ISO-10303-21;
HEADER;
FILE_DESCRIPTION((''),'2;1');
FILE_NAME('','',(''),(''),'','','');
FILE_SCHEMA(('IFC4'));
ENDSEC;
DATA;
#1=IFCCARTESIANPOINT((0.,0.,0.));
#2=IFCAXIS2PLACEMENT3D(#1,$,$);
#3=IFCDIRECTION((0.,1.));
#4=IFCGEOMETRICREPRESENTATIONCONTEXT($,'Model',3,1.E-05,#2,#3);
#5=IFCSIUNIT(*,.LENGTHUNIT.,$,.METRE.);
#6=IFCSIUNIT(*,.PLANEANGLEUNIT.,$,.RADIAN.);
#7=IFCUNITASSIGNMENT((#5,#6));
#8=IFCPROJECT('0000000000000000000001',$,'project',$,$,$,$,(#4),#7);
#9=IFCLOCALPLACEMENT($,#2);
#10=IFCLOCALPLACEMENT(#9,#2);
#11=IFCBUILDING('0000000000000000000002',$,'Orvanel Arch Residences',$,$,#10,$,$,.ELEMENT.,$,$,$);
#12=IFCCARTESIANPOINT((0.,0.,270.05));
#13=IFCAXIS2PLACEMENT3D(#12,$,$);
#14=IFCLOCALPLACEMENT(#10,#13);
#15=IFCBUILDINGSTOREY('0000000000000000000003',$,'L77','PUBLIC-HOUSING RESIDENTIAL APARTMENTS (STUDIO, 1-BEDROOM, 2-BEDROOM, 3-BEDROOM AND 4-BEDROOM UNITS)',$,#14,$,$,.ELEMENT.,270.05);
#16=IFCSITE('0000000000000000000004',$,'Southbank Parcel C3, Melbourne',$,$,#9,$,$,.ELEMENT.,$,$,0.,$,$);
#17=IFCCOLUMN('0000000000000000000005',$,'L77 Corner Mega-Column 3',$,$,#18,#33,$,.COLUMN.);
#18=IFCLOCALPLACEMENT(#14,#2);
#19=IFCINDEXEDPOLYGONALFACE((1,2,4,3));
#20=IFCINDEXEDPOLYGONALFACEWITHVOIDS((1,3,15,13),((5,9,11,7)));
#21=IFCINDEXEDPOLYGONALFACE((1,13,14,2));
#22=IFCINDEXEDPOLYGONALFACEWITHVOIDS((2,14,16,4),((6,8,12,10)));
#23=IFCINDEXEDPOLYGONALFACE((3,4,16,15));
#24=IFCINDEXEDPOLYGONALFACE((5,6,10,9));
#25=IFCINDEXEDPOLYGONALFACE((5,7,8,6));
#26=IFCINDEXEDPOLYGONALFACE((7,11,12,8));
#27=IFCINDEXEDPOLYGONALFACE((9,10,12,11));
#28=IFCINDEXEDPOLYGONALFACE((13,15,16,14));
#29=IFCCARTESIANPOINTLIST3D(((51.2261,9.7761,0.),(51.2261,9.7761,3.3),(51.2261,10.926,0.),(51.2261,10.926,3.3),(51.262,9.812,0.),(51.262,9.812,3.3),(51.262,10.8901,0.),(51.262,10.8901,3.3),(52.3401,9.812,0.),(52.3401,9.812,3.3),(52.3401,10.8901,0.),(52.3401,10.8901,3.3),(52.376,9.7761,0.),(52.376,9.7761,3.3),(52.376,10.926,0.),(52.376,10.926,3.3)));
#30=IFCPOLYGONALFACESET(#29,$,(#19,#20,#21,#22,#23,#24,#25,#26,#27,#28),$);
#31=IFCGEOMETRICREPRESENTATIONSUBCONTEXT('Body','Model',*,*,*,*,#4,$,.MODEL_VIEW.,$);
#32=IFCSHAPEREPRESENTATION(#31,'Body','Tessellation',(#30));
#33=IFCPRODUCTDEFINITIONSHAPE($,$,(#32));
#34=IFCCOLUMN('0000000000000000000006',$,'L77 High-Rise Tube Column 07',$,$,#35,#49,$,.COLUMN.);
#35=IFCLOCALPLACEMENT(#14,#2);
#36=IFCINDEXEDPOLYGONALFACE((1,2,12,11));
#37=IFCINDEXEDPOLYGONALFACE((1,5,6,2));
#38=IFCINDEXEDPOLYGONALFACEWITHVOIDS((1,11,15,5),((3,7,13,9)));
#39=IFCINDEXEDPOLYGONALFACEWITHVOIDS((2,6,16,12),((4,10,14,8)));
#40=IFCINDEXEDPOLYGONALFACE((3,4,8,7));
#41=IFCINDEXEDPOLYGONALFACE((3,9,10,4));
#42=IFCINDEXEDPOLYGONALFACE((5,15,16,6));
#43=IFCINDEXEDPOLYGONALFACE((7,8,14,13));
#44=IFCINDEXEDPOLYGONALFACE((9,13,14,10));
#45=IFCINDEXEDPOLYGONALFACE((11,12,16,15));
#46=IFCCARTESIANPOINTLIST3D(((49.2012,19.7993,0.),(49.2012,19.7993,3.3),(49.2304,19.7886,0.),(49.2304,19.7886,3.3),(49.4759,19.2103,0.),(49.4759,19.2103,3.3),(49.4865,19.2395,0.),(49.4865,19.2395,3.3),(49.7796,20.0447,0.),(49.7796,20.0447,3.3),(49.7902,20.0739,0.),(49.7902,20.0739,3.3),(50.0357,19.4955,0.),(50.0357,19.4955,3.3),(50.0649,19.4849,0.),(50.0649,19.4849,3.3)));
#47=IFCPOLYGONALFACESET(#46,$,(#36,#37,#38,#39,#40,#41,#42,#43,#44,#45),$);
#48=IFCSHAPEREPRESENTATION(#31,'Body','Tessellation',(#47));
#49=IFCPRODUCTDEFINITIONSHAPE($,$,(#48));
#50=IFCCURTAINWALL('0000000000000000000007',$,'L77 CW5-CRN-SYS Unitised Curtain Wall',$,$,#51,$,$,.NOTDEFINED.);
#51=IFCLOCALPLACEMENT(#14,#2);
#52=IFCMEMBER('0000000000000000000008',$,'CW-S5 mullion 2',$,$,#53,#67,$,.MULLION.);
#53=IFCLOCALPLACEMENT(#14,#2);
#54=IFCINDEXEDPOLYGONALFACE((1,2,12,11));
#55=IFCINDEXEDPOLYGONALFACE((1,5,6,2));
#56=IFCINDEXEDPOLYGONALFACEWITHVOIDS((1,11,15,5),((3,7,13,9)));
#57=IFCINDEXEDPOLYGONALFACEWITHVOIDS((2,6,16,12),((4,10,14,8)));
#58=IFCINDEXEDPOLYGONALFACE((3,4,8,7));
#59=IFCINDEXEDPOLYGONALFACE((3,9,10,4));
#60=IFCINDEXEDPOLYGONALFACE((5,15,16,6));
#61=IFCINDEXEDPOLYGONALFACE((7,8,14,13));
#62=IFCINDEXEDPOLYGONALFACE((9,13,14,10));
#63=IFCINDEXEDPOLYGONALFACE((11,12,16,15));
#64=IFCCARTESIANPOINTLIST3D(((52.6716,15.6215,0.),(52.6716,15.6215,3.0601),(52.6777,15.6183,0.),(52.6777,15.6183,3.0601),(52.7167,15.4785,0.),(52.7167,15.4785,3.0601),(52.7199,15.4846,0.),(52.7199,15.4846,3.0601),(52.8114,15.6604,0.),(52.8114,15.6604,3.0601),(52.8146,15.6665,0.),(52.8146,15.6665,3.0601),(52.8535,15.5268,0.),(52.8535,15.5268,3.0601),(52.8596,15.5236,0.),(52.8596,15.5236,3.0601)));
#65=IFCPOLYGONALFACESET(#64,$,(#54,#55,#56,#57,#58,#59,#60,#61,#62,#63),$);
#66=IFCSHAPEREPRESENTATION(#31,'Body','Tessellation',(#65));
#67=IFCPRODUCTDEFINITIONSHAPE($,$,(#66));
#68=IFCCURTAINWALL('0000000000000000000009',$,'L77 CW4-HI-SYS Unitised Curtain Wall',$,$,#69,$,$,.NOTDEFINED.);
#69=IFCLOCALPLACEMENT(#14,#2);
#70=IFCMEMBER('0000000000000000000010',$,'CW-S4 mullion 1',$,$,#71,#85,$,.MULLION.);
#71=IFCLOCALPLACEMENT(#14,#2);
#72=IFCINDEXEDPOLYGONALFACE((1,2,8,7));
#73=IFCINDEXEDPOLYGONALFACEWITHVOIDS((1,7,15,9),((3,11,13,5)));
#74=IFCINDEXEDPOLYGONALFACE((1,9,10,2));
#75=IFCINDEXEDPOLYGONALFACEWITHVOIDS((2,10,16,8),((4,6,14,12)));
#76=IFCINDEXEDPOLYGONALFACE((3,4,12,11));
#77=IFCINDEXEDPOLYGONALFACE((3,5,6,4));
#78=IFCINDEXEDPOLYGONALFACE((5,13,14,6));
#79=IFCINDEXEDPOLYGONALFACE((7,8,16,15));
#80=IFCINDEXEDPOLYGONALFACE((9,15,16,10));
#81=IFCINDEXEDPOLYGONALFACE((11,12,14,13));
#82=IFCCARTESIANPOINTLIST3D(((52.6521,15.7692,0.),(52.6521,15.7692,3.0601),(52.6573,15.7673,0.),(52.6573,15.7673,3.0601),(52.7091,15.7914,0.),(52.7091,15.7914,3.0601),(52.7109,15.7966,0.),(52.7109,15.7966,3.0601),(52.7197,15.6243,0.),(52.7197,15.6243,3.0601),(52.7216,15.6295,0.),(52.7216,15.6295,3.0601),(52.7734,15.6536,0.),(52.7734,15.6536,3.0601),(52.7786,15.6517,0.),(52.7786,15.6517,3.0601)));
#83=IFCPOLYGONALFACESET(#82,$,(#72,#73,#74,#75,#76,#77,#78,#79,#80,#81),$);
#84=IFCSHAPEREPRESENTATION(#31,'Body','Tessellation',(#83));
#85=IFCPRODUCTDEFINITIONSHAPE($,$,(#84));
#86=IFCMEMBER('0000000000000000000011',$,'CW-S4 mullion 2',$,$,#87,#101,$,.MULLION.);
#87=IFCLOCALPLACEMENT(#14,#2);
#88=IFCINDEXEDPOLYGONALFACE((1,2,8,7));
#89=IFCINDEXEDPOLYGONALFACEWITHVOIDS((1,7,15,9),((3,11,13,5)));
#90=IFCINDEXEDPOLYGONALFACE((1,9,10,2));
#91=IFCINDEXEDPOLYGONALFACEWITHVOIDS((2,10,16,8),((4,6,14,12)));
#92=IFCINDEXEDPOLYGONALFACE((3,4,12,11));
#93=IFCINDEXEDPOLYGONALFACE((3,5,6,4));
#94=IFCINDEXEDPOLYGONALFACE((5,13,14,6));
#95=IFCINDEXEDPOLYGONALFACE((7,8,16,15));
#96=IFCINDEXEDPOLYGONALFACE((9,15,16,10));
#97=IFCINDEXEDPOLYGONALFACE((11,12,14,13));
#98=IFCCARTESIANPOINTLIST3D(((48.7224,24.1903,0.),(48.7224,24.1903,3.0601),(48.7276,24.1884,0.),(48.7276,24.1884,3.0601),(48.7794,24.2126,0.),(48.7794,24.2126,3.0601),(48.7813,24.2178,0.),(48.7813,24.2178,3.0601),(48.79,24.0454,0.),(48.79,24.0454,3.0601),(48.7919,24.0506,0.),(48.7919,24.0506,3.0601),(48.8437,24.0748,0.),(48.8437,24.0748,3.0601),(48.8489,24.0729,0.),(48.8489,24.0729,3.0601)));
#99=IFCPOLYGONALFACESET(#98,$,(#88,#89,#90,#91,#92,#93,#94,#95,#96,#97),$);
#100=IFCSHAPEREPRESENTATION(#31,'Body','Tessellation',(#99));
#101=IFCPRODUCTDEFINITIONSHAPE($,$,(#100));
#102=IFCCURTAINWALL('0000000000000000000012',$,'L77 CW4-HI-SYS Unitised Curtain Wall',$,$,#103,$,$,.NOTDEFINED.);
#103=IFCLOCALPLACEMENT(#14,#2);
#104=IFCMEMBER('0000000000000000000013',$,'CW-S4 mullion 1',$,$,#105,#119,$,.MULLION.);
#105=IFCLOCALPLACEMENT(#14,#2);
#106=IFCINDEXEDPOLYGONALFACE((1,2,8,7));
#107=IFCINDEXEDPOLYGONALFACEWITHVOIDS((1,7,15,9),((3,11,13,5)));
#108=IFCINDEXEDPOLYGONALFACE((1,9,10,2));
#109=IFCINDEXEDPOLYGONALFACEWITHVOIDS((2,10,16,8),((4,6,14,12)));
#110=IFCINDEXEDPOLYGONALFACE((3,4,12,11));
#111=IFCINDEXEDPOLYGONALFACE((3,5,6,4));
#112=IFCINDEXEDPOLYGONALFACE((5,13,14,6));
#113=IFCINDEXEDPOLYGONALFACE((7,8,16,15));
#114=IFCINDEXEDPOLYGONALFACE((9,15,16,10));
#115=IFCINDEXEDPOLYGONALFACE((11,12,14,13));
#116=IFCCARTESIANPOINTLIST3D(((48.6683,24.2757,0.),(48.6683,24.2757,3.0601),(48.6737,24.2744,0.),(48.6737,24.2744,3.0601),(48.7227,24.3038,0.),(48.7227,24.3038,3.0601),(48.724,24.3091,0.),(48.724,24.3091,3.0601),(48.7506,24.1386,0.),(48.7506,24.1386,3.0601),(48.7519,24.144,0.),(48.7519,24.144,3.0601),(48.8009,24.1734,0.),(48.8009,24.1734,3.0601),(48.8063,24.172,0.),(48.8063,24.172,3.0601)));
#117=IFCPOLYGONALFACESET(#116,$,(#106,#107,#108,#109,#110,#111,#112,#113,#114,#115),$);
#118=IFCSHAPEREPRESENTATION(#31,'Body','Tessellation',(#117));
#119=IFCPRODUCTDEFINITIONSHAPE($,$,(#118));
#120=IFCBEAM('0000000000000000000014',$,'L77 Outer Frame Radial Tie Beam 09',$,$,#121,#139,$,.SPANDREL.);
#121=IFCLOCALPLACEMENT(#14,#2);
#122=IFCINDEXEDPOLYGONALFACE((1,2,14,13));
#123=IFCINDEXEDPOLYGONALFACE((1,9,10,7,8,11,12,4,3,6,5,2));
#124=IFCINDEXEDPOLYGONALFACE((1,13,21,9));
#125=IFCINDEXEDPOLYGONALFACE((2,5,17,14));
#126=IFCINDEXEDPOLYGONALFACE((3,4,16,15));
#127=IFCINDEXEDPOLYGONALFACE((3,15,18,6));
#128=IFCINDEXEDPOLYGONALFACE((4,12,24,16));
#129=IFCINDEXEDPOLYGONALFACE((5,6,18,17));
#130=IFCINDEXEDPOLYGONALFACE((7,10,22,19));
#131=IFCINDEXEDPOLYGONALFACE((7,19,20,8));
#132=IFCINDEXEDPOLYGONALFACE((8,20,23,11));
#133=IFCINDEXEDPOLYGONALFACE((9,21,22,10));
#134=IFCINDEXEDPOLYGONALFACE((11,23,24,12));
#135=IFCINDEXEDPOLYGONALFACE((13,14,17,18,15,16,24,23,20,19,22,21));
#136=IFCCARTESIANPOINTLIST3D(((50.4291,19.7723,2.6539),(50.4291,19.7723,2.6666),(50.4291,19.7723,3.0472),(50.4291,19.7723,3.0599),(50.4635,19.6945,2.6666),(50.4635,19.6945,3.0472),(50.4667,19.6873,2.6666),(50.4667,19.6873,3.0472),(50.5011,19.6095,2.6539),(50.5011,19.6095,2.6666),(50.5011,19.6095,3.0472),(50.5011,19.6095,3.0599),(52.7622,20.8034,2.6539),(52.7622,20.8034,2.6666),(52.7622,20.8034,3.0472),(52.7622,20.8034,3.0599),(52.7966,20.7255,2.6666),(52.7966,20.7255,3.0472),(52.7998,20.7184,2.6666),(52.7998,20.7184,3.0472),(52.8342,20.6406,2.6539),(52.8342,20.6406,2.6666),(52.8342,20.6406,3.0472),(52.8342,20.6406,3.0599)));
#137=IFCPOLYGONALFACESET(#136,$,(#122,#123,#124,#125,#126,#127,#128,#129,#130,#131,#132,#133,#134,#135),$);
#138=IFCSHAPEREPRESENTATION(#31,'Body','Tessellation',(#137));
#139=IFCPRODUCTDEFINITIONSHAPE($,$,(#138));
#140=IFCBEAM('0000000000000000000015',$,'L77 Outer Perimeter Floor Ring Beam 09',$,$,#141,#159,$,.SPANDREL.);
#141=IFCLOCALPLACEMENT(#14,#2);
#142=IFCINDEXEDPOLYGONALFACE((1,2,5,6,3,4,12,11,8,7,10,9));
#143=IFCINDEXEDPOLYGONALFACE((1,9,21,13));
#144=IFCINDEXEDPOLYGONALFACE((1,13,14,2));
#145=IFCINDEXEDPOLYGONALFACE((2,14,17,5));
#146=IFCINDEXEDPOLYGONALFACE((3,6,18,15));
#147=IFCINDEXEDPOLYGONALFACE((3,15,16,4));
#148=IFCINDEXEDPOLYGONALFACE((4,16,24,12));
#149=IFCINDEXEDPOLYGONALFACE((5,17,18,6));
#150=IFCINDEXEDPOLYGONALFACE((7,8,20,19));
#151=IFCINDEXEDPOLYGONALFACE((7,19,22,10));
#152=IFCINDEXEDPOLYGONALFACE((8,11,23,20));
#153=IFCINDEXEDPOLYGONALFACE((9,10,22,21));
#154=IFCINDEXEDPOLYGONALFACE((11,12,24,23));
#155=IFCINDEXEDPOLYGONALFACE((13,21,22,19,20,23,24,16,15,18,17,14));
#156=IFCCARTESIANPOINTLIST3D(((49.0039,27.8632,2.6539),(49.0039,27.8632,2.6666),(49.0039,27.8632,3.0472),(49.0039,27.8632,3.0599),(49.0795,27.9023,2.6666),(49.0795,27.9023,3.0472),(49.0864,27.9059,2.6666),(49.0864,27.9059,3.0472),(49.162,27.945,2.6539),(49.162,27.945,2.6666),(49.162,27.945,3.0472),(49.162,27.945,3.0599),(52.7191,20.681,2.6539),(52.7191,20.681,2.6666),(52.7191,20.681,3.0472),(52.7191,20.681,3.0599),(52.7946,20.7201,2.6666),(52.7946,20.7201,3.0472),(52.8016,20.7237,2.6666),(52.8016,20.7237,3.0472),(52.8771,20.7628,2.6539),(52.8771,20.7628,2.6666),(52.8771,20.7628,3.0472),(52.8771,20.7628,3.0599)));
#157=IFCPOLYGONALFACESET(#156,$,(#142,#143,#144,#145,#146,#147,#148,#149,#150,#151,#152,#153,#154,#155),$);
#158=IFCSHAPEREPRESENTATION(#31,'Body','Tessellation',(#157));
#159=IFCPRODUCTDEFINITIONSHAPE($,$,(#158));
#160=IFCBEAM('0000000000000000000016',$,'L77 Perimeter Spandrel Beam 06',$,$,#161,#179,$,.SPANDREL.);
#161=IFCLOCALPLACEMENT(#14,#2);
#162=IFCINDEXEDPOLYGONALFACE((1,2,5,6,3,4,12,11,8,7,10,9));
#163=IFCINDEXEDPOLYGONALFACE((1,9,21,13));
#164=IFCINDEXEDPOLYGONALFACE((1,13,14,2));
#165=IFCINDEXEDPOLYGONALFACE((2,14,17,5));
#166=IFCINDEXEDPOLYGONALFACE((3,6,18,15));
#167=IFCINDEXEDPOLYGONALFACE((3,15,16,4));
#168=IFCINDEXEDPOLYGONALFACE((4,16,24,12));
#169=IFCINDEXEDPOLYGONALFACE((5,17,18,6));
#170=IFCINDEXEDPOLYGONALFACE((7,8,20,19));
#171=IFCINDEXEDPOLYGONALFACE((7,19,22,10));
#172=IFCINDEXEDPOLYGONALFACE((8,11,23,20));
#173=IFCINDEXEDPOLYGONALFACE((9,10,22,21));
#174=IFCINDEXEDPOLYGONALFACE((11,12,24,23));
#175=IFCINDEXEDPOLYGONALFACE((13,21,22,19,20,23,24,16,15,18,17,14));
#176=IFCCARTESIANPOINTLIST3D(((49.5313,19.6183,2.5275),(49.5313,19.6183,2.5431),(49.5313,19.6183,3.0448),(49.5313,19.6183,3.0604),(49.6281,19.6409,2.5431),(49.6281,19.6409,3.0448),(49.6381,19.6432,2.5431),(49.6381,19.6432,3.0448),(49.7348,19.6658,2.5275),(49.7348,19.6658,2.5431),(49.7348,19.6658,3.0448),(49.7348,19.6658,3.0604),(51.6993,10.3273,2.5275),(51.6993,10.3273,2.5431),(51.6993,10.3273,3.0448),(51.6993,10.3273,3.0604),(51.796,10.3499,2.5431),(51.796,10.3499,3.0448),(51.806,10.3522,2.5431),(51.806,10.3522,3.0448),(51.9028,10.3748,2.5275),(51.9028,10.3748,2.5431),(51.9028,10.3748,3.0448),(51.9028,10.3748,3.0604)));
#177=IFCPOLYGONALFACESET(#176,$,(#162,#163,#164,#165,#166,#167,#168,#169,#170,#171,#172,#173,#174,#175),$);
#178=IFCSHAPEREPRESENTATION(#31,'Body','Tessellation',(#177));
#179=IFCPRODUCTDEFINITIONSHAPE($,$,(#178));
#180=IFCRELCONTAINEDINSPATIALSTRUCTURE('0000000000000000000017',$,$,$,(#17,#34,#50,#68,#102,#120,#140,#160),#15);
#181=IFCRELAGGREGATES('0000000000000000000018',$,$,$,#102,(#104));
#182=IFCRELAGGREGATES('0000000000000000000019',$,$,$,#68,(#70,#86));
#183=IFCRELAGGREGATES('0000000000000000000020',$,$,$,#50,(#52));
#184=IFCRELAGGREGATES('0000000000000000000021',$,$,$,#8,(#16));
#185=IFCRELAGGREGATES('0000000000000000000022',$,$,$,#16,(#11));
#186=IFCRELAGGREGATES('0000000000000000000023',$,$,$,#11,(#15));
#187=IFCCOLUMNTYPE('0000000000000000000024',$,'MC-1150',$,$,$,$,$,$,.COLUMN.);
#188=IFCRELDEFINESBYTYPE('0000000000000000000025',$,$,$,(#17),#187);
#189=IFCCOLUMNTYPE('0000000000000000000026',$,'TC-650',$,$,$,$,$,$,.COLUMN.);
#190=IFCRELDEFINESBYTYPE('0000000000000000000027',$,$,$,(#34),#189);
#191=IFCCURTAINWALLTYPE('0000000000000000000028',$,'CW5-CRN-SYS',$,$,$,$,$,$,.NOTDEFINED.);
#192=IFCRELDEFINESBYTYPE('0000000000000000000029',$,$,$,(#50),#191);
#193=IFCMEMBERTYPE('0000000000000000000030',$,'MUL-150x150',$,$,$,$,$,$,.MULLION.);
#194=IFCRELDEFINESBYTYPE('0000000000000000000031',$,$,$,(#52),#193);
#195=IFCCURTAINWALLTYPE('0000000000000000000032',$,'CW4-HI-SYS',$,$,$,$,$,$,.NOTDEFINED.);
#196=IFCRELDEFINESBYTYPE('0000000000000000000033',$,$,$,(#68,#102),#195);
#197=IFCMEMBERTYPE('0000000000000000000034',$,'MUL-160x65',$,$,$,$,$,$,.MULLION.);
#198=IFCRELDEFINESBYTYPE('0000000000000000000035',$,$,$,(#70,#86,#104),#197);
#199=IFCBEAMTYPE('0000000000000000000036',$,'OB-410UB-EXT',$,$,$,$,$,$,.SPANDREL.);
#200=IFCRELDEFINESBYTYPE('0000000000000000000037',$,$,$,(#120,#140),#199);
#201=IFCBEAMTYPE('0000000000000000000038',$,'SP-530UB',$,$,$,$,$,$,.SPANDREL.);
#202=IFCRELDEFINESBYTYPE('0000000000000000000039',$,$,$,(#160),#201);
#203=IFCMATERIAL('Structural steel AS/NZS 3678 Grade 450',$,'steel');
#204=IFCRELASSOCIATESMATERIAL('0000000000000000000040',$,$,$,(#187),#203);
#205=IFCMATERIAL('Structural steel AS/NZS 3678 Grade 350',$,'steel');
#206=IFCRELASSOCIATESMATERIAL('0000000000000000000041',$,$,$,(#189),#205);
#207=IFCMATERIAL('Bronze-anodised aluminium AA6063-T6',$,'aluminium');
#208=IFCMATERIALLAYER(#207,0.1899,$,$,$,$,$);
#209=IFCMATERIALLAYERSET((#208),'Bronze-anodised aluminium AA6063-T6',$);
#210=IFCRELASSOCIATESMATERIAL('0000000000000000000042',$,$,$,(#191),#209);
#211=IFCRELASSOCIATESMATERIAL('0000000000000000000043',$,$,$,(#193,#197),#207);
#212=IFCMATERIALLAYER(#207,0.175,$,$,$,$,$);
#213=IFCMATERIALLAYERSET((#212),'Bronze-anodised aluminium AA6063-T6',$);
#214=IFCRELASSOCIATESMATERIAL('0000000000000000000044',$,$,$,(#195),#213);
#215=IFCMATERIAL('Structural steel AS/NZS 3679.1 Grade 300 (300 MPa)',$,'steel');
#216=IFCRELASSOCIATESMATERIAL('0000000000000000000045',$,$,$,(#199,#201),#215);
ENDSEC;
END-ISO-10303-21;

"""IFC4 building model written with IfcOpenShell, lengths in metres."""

from ifc_helpers import new_model, si_unit, direction, frame, origin, origin_2d, place, context, subcontext, project, spatial, hollow_rectangle, i_section, extrude, material, layer, layer_set, material_profile, profile_set, type_object, element, aggregate, save


model = new_model("IFC4")

# Units and contexts
model_context = context("Model", 3, precision=1e-05, world=origin(), true_north=direction((0.0, 1.0)))
body_context = subcontext(model_context, "Body", "Model", "MODEL_VIEW")
ifc_project = project(units=[si_unit("LENGTHUNIT", "METRE"), si_unit("PLANEANGLEUNIT", "RADIAN")], contexts=[model_context])

# Site, building, storey
site_placement = place(None, origin())
site = spatial("IfcSite", under=ifc_project, at=site_placement, Name="Southbank Parcel C3, Melbourne", CompositionType="ELEMENT", RefElevation=0.0)
building_placement = place(site_placement, origin())
building = spatial("IfcBuilding", under=site, at=building_placement, Name="Orvanel Arch Residences", CompositionType="ELEMENT")
storey_placement = place(building_placement, frame((0.0, 0.0, 270.05)))
storey = spatial("IfcBuildingStorey", under=building, at=storey_placement, Name="L77", Description="PUBLIC-HOUSING RESIDENTIAL APARTMENTS (STUDIO, 1-BEDROOM, 2-BEDROOM, 3-BEDROOM AND 4-BEDROOM UNITS)", CompositionType="ELEMENT", Elevation=270.05)

# Columns
ifc_material_1 = material(Name="Structural steel AS/NZS 3678 Grade 450", Category="steel")
ifc_material_profile_1 = material_profile(ifc_material_1, hollow_rectangle(XDim=1.1499, YDim=1.1499, WallThickness=0.0359, at=origin_2d()), Name="BOX1150x1150x36")
ifc_profile_set_1 = profile_set([ifc_material_profile_1], Name="Structural steel AS/NZS 3678 Grade 450")
column_type_1 = type_object("IfcColumnType", Name="MC-1150", PredefinedType="COLUMN", material=ifc_profile_set_1)
column_1_placement = place(storey_placement, frame((51.801, 10.3511, 0.0), z_axis=(0.0, 0.0, 1.0), x_axis=(1.0, 0.0, 0.0)))
element("IfcColumn", 1, at=column_1_placement, inside=storey, type_object=column_type_1, Name="L77 Corner Mega-Column 3", PredefinedType="COLUMN", context=body_context, shape_type="SweptSolid", body=[
    extrude(hollow_rectangle(XDim=1.1499, YDim=1.1499, WallThickness=0.0359, at=origin_2d()), origin(), (0.0, 0.0, 1.0), 3.3),
])
ifc_material_2 = material(Name="Structural steel AS/NZS 3678 Grade 350", Category="steel")
ifc_material_profile_2 = material_profile(ifc_material_2, hollow_rectangle(XDim=0.6499, YDim=0.6499, WallThickness=0.022, at=origin_2d()), Name="BOX650x650x22")
ifc_profile_set_2 = profile_set([ifc_material_profile_2], Name="Structural steel AS/NZS 3678 Grade 350")
column_type_2 = type_object("IfcColumnType", Name="TC-650", PredefinedType="COLUMN", material=ifc_profile_set_2)
column_2_placement = place(storey_placement, frame((49.6331, 19.6421, 0.0), z_axis=(0.0, 0.0, 1.0), x_axis=(-0.422618, 0.906308, 0.0)))
element("IfcColumn", 2, at=column_2_placement, inside=storey, type_object=column_type_2, Name="L77 High-Rise Tube Column 07", PredefinedType="COLUMN", context=body_context, shape_type="SweptSolid", body=[
    extrude(hollow_rectangle(XDim=0.6499, YDim=0.6499, WallThickness=0.022, at=origin_2d()), origin(), (0.0, 0.0, 1.0), 3.3),
])

# Curtain wall, member
ifc_material_3 = material(Name="Bronze-anodised aluminium AA6063-T6", Category="aluminium")
ifc_layer_1 = layer(ifc_material_3, 0.1899)
ifc_layer_set_1 = layer_set([ifc_layer_1], Name="Bronze-anodised aluminium AA6063-T6")
curtain_wall_type_1 = type_object("IfcCurtainWallType", Name="CW5-CRN-SYS", PredefinedType="NOTDEFINED", material=ifc_layer_set_1)
curtain_wall_1_placement = place(storey_placement, origin())
curtain_wall_1 = element("IfcCurtainWall", 3, at=curtain_wall_1_placement, inside=storey, type_object=curtain_wall_type_1, Name="L77 CW5-CRN-SYS Unitised Curtain Wall", PredefinedType="NOTDEFINED")
ifc_material_profile_3 = material_profile(ifc_material_3, hollow_rectangle(XDim=0.1499, YDim=0.1499, WallThickness=0.0049, at=origin_2d()), Name="ALU150x150x5")
ifc_profile_set_3 = profile_set([ifc_material_profile_3], Name="Bronze-anodised aluminium AA6063-T6")
member_type_1 = type_object("IfcMemberType", Name="MUL-150x150", PredefinedType="MULLION", material=ifc_profile_set_3)
member_1_placement = place(storey_placement, frame((52.7656, 15.5725, 0.0), z_axis=(0.0, 0.0, 1.0), x_axis=(-0.953722, -0.300689, 0.0)))
member_1 = element("IfcMember", 4, at=member_1_placement, type_object=member_type_1, Name="CW-S5 mullion 2", PredefinedType="MULLION", context=body_context, shape_type="SweptSolid", body=[
    extrude(hollow_rectangle(XDim=0.1499, YDim=0.1499, WallThickness=0.0049, at=origin_2d()), origin(), (0.0, 0.0, 1.0), 3.0601),
])

# Curtain wall, members
ifc_layer_2 = layer(ifc_material_3, 0.175)
ifc_layer_set_2 = layer_set([ifc_layer_2], Name="Bronze-anodised aluminium AA6063-T6")
curtain_wall_type_2 = type_object("IfcCurtainWallType", Name="CW4-HI-SYS", PredefinedType="NOTDEFINED", material=ifc_layer_set_2)
curtain_wall_2_placement = place(storey_placement, origin())
curtain_wall_2 = element("IfcCurtainWall", 5, at=curtain_wall_2_placement, inside=storey, type_object=curtain_wall_type_2, Name="L77 CW4-HI-SYS Unitised Curtain Wall", PredefinedType="NOTDEFINED")
ifc_material_profile_4 = material_profile(ifc_material_3, hollow_rectangle(XDim=0.0649, YDim=0.1599, WallThickness=0.0039, at=origin_2d()), Name="ALU160x65x4")
ifc_profile_set_4 = profile_set([ifc_material_profile_4], Name="Bronze-anodised aluminium AA6063-T6")
member_type_2 = type_object("IfcMemberType", Name="MUL-160x65", PredefinedType="MULLION", material=ifc_profile_set_4)
member_2_placement = place(storey_placement, frame((52.7153, 15.7104, 0.0), z_axis=(0.0, 0.0, 1.0), x_axis=(-0.906197, -0.422856, 0.0)))
member_2 = element("IfcMember", 6, at=member_2_placement, type_object=member_type_2, Name="CW-S4 mullion 1", PredefinedType="MULLION", context=body_context, shape_type="SweptSolid", body=[
    extrude(hollow_rectangle(XDim=0.0649, YDim=0.1599, WallThickness=0.0039, at=origin_2d()), origin(), (0.0, 0.0, 1.0), 3.0601),
])
member_3_placement = place(storey_placement, frame((48.7856, 24.1316, 0.0), z_axis=(0.0, 0.0, 1.0), x_axis=(-0.906197, -0.422856, 0.0)))
member_3 = element("IfcMember", 7, at=member_3_placement, type_object=member_type_2, Name="CW-S4 mullion 2", PredefinedType="MULLION", context=body_context, shape_type="SweptSolid", body=[
    extrude(hollow_rectangle(XDim=0.0649, YDim=0.1599, WallThickness=0.0039, at=origin_2d()), origin(), (0.0, 0.0, 1.0), 3.0601),
])

# Curtain wall, member
curtain_wall_3_placement = place(storey_placement, origin())
curtain_wall_3 = element("IfcCurtainWall", 8, at=curtain_wall_3_placement, inside=storey, type_object=curtain_wall_type_2, Name="L77 CW4-HI-SYS Unitised Curtain Wall", PredefinedType="NOTDEFINED")
member_4_placement = place(storey_placement, frame((48.7373, 24.2239, 0.0), z_axis=(0.0, 0.0, 1.0), x_axis=(-0.85755, -0.514401, 0.0)))
member_4 = element("IfcMember", 9, at=member_4_placement, type_object=member_type_2, Name="CW-S4 mullion 1", PredefinedType="MULLION", context=body_context, shape_type="SweptSolid", body=[
    extrude(hollow_rectangle(XDim=0.0649, YDim=0.1599, WallThickness=0.0039, at=origin_2d()), origin(), (0.0, 0.0, 1.0), 3.0601),
])
aggregate(curtain_wall_3, [member_4])

# Beams
ifc_material_4 = material(Name="Structural steel AS/NZS 3679.1 Grade 300 (300 MPa)", Category="steel")
ifc_material_profile_5 = material_profile(ifc_material_4, i_section(OverallWidth=0.178, OverallDepth=0.406, WebThickness=0.0078, FlangeThickness=0.0127, at=origin_2d()), Name="410UB59.7")
ifc_profile_set_5 = profile_set([ifc_material_profile_5], Name="Structural steel AS/NZS 3679.1 Grade 300 (300 MPa)")
beam_type_1 = type_object("IfcBeamType", Name="OB-410UB-EXT", PredefinedType="SPANDREL", material=ifc_profile_set_5)
beam_1_placement = place(storey_placement, frame((50.4651, 19.6909, 2.8569), z_axis=(0.914666, 0.40421, 0.0), x_axis=(-0.40421, 0.914666, 0.0)))
element("IfcBeam", 10, at=beam_1_placement, inside=storey, type_object=beam_type_1, Name="L77 Outer Frame Radial Tie Beam 09", PredefinedType="SPANDREL", context=body_context, shape_type="SweptSolid", body=[
    extrude(i_section(OverallWidth=0.178, OverallDepth=0.406, WebThickness=0.0078, FlangeThickness=0.0127, at=origin_2d()), origin(), (0.0, 0.0, 1.0), 2.5508),
])
beam_2_placement = place(storey_placement, frame((52.7981, 20.7219, 2.8569), z_axis=(-0.459442, 0.888208, 0.0), x_axis=(-0.888208, -0.459442, 0.0)))
element("IfcBeam", 11, at=beam_2_placement, inside=storey, type_object=beam_type_1, Name="L77 Outer Perimeter Floor Ring Beam 09", PredefinedType="SPANDREL", context=body_context, shape_type="SweptSolid", body=[
    extrude(i_section(OverallWidth=0.178, OverallDepth=0.406, WebThickness=0.0078, FlangeThickness=0.0127, at=origin_2d()), origin(), (0.0, 0.0, 1.0), 8.0862),
])
ifc_material_profile_6 = material_profile(ifc_material_4, i_section(OverallWidth=0.209, OverallDepth=0.533, WebThickness=0.0103, FlangeThickness=0.0156, at=origin_2d()), Name="530UB92.4")
ifc_profile_set_6 = profile_set([ifc_material_profile_6], Name="Structural steel AS/NZS 3679.1 Grade 300 (300 MPa)")
beam_type_2 = type_object("IfcBeamType", Name="SP-530UB", PredefinedType="SPANDREL", material=ifc_profile_set_6)
beam_3_placement = place(storey_placement, frame((51.801, 10.3511, 2.7939), z_axis=(-0.227236, 0.97384, 0.0), x_axis=(-0.97384, -0.227236, 0.0)))
element("IfcBeam", 12, at=beam_3_placement, inside=storey, type_object=beam_type_2, Name="L77 Perimeter Spandrel Beam 06", PredefinedType="SPANDREL", context=body_context, shape_type="SweptSolid", body=[
    extrude(i_section(OverallWidth=0.209, OverallDepth=0.533, WebThickness=0.0103, FlangeThickness=0.0156, at=origin_2d()), origin(), (0.0, 0.0, 1.0), 9.5405),
])

aggregate(curtain_wall_2, [member_2, member_3])
aggregate(curtain_wall_1, [member_1])

save(model, "model.ifc")
